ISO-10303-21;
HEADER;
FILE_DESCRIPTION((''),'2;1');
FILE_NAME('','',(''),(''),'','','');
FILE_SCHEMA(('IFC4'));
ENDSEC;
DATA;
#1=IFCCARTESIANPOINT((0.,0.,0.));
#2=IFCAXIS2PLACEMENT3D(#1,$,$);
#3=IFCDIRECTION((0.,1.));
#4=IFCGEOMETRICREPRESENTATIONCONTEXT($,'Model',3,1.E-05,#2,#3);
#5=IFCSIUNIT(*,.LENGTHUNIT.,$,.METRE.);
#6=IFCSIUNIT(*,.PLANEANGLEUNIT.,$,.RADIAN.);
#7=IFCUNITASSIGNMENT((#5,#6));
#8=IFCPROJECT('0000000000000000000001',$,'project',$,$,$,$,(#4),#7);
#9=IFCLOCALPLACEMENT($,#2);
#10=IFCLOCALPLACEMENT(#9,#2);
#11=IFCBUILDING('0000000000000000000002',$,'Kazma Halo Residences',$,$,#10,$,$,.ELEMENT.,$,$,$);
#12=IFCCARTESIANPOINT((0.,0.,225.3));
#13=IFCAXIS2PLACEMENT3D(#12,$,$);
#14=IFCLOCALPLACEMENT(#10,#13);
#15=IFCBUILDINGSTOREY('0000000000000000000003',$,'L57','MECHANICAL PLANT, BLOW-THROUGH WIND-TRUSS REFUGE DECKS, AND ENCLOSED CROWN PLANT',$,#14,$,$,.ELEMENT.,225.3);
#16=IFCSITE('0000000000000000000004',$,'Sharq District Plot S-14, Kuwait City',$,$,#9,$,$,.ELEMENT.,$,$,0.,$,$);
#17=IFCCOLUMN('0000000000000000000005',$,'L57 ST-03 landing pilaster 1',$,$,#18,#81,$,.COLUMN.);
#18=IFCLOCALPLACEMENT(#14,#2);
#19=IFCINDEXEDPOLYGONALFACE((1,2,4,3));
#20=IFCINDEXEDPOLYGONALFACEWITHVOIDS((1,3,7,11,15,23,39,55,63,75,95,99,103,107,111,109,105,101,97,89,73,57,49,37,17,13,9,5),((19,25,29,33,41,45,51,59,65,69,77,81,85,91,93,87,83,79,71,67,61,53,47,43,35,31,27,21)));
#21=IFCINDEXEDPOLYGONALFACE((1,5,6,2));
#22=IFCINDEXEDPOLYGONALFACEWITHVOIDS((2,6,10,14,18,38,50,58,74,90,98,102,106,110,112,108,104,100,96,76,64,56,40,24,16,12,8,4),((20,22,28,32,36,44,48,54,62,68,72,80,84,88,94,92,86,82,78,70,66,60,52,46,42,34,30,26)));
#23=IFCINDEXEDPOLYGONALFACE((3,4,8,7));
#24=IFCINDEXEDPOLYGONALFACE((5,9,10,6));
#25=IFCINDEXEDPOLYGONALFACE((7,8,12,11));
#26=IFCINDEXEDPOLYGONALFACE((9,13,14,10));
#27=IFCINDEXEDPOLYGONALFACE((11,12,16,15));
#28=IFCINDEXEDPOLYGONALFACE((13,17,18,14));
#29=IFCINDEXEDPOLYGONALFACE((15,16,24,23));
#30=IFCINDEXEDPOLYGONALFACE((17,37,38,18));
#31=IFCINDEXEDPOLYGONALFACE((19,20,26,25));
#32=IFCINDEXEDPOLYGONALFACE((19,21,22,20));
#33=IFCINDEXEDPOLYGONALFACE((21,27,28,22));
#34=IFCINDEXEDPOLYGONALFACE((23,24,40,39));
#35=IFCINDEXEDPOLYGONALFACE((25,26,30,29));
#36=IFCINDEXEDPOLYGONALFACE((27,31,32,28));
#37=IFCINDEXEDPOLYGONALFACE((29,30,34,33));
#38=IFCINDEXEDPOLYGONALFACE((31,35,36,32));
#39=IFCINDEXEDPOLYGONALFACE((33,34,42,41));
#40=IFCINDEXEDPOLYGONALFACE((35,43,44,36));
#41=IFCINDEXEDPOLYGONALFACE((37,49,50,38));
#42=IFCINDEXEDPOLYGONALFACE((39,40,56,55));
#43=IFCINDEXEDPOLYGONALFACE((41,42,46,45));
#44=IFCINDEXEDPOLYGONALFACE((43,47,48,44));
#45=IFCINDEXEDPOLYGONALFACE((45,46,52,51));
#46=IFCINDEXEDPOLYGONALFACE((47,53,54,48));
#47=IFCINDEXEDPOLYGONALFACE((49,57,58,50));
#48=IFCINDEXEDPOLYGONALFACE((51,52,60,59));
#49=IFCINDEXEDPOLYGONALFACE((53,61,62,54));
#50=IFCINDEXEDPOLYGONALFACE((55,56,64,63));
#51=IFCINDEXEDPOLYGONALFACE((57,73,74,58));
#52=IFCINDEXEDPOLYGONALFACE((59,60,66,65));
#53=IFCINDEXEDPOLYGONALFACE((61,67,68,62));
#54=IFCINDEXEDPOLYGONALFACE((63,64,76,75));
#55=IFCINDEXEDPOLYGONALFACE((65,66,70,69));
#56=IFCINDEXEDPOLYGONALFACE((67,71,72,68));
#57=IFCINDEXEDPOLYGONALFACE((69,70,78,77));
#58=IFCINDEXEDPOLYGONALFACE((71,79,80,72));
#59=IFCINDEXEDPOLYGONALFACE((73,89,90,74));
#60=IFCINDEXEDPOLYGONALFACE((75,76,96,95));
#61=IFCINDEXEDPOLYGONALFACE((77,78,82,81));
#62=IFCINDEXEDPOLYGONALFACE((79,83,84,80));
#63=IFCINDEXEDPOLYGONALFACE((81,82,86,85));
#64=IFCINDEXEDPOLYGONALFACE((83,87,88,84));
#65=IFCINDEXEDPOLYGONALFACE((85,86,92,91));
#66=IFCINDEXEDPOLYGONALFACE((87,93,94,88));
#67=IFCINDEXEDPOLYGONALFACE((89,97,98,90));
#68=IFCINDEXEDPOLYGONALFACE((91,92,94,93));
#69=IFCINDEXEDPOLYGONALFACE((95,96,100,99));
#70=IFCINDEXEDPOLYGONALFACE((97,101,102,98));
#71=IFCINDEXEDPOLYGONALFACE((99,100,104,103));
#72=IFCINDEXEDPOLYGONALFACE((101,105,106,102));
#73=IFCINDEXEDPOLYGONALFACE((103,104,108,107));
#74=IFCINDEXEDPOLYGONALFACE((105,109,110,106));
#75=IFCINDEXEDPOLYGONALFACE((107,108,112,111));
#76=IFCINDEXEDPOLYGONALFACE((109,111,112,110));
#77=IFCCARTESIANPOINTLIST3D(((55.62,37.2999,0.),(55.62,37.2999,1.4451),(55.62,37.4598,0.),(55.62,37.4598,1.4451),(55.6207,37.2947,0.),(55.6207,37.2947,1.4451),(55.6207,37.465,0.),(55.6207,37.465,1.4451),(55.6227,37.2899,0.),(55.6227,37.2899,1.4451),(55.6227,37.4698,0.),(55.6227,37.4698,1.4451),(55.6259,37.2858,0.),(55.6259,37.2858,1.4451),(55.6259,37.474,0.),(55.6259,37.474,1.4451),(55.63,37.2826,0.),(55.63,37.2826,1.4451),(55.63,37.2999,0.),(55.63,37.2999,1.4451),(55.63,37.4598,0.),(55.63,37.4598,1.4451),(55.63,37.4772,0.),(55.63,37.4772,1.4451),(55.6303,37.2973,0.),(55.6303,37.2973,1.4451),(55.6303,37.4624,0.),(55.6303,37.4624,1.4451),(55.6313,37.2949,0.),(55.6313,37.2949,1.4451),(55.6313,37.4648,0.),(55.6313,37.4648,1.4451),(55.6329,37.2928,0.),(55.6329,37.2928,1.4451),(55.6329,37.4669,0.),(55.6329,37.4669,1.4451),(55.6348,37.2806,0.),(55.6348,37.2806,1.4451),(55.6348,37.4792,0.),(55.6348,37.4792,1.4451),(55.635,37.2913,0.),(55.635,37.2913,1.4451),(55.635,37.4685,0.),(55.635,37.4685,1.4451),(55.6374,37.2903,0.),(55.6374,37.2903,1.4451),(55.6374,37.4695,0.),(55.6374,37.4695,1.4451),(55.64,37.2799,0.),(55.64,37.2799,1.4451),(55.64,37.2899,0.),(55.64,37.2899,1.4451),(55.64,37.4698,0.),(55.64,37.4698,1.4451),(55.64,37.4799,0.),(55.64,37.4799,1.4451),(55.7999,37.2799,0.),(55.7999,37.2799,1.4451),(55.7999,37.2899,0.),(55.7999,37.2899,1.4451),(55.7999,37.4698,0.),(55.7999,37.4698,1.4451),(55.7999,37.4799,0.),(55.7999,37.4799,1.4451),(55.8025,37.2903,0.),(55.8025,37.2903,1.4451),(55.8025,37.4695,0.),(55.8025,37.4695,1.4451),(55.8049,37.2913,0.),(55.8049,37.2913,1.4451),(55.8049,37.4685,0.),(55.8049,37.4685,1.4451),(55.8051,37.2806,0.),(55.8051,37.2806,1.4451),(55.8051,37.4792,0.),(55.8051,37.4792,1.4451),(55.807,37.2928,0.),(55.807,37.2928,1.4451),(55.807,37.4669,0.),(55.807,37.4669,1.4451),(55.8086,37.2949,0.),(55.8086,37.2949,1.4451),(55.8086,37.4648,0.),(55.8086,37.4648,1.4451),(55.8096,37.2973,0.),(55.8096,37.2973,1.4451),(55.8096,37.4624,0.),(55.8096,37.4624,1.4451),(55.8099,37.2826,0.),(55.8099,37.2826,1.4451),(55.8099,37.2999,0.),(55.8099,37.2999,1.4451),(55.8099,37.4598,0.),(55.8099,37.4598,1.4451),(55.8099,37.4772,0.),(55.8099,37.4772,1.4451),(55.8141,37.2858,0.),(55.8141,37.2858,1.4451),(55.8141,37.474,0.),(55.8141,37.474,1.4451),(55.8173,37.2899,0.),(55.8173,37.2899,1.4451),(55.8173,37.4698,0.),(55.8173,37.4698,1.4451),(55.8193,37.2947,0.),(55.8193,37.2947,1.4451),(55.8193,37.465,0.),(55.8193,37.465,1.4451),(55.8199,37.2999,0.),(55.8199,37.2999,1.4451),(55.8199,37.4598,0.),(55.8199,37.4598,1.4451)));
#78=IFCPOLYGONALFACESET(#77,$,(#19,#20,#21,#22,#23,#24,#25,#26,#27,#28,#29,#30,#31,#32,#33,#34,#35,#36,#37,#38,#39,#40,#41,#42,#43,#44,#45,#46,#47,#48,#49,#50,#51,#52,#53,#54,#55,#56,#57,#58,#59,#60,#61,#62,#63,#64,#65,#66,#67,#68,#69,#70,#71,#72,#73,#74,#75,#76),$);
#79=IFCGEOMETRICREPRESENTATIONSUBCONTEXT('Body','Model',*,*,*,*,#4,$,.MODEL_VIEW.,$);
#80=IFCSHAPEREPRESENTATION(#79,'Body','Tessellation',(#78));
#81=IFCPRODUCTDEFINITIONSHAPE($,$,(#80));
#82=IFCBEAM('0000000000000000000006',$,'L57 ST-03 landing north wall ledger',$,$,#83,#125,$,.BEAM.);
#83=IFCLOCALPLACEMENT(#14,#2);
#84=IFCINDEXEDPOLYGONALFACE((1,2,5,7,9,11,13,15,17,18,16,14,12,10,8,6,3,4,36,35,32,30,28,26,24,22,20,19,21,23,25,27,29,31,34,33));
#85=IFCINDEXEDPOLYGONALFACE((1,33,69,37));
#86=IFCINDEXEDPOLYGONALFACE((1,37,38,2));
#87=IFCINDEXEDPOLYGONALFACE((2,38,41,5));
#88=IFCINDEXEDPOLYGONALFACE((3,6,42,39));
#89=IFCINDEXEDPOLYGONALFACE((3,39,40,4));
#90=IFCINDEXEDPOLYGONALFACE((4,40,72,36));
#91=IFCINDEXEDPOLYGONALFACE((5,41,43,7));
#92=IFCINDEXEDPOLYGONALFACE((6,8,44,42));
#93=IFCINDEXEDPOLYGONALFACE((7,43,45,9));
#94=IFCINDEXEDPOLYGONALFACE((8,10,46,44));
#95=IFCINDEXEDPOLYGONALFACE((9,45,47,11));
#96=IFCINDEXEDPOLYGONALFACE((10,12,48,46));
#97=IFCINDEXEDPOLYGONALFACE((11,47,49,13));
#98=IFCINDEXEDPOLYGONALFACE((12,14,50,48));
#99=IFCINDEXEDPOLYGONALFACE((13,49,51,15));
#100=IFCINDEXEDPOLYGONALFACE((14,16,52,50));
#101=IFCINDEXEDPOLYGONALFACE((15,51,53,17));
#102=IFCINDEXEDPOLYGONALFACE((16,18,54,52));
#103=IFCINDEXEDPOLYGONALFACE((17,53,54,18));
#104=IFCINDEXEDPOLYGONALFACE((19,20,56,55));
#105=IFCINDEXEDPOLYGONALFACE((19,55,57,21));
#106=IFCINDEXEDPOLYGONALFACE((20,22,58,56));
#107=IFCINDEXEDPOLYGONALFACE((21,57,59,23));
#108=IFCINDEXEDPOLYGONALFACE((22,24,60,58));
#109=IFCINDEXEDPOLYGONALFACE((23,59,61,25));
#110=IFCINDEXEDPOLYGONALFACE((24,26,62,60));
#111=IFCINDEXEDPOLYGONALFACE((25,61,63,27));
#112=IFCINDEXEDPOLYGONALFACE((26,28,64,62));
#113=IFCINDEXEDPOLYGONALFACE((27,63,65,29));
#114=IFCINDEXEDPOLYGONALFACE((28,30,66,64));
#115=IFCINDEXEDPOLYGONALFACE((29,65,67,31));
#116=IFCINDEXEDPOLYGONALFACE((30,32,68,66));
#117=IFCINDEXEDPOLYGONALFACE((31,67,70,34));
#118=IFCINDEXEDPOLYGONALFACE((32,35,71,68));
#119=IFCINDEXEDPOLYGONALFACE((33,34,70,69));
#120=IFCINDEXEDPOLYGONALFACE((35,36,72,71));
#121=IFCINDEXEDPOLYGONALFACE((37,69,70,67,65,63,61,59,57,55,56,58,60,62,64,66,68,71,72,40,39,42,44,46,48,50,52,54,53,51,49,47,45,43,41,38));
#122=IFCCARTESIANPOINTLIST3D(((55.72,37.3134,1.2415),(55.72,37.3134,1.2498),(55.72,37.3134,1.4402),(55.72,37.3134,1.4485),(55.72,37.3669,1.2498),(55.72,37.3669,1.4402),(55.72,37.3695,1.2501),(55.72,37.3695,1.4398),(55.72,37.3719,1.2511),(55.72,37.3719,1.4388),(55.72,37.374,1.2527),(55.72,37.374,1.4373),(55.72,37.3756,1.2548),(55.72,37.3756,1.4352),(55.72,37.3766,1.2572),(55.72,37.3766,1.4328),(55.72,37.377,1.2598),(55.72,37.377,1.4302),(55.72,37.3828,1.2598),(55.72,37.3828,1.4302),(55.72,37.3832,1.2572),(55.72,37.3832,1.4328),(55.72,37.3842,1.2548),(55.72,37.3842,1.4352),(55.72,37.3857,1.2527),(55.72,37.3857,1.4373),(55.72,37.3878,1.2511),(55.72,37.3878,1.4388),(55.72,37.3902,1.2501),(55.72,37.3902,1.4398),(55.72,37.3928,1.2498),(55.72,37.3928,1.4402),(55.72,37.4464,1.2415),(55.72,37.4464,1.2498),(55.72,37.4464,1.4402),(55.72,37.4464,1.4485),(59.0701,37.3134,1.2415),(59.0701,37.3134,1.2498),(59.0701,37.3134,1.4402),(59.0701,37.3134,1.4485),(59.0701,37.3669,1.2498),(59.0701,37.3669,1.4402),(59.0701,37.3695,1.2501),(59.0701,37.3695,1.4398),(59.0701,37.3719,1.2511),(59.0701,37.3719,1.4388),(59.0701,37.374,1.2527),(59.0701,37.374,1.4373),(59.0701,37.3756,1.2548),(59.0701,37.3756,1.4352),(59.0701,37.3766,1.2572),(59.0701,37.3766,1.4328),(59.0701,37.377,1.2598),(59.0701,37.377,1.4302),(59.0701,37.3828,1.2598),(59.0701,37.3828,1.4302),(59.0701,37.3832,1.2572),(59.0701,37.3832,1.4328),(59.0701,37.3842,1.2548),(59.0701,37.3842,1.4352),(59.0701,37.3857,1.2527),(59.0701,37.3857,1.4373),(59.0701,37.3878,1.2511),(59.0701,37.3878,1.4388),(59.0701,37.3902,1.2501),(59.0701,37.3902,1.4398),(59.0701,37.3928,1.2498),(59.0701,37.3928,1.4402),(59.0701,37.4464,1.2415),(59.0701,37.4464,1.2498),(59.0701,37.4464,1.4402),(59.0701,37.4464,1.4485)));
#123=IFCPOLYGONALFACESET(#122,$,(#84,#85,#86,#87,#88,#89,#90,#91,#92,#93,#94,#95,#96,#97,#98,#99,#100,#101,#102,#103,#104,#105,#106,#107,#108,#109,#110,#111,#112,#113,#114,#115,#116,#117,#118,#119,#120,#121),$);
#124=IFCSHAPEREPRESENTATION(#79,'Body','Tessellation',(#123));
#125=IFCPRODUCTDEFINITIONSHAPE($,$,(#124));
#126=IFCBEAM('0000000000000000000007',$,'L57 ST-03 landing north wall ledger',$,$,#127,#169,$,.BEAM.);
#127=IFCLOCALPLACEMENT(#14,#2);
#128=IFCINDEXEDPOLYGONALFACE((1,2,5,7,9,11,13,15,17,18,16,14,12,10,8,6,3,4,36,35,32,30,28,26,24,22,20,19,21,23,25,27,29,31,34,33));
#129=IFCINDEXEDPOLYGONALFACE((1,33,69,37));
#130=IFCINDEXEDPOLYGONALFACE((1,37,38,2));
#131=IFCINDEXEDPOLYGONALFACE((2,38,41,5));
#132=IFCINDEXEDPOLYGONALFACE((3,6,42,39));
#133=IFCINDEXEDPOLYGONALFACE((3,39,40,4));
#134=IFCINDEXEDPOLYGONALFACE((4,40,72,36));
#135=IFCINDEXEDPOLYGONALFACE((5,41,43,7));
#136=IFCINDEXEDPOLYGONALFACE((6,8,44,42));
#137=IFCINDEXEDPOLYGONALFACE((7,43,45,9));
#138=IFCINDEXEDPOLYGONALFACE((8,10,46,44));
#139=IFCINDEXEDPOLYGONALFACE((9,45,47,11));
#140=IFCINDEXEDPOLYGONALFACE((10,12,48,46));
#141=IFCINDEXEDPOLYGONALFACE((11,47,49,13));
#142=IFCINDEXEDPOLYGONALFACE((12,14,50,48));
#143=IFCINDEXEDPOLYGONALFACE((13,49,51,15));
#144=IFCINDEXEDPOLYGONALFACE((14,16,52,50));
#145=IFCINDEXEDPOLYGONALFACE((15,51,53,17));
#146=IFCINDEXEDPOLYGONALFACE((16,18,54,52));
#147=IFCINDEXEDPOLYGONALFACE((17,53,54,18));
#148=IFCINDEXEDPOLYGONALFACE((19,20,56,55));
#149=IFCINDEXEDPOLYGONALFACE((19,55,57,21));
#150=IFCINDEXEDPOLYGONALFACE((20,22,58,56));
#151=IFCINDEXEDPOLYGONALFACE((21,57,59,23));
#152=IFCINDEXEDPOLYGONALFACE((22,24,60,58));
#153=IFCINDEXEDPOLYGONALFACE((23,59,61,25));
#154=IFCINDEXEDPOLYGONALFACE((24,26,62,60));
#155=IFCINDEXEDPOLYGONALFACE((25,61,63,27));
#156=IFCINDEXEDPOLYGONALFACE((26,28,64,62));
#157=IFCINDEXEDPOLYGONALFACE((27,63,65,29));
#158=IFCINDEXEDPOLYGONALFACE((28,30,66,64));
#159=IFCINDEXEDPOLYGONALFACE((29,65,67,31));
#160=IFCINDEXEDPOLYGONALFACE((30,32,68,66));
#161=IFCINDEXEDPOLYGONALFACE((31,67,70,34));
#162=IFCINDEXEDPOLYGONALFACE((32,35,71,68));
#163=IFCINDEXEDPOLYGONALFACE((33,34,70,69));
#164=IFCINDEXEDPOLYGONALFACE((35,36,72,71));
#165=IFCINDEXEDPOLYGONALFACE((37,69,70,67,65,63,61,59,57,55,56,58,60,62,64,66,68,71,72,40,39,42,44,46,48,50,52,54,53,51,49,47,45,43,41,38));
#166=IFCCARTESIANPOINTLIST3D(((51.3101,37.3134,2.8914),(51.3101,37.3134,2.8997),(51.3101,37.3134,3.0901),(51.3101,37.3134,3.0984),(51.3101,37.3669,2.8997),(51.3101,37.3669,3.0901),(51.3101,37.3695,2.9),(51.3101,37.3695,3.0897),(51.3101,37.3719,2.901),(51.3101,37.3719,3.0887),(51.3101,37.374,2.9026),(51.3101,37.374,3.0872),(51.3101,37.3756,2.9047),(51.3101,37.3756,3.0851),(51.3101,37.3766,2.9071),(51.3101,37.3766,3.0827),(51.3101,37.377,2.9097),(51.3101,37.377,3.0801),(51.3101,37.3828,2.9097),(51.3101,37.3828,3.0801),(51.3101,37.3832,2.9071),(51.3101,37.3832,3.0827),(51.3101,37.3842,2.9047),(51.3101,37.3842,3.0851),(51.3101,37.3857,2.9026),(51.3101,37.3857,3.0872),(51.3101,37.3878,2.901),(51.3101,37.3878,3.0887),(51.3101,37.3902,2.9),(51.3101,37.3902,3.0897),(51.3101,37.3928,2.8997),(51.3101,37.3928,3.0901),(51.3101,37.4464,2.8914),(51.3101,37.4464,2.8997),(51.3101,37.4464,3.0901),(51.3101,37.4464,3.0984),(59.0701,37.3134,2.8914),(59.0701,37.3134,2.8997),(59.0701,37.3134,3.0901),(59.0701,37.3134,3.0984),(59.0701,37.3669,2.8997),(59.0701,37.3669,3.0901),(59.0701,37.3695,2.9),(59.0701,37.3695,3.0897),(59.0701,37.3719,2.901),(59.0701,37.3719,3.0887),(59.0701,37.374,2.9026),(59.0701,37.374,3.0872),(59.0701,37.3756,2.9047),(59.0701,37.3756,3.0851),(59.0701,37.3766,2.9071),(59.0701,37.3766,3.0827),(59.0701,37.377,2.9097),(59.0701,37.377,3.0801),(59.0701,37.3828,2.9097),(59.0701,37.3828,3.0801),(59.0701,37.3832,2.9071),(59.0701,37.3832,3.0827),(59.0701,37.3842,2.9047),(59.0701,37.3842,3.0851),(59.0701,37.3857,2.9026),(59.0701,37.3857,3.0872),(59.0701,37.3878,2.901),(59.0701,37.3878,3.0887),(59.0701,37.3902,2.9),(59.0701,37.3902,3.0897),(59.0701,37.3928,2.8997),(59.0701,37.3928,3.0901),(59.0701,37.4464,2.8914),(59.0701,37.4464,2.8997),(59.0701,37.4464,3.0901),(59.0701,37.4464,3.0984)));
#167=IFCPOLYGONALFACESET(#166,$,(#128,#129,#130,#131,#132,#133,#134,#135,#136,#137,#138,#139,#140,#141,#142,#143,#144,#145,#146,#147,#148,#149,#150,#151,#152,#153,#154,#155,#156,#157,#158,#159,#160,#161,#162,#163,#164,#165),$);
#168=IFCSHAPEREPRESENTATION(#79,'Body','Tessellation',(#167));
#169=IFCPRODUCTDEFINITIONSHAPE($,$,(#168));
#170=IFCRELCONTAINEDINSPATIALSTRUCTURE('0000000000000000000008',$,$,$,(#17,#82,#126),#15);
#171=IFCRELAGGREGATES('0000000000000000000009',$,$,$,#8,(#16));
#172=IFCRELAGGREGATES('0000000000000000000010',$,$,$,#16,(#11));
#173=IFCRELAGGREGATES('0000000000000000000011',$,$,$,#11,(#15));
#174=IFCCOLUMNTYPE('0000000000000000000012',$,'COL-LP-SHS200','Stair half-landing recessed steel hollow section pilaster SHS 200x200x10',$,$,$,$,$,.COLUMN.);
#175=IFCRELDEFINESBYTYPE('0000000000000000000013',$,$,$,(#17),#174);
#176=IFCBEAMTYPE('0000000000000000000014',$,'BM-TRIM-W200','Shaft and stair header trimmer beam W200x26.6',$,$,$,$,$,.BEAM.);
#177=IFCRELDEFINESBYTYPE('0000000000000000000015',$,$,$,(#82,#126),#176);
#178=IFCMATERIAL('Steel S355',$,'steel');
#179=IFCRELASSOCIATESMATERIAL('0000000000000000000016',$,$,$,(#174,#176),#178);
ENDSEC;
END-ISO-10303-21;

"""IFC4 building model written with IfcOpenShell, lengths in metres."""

from ifc_helpers import new_model, si_unit, direction, frame, origin, origin_2d, place, context, subcontext, project, spatial, hollow_rectangle, i_section, extrude, material, material_profile, profile_set, type_object, element, save


model = new_model("IFC4")

# Units and contexts
model_context = context("Model", 3, precision=1e-05, world=origin(), true_north=direction((0.0, 1.0)))
body_context = subcontext(model_context, "Body", "Model", "MODEL_VIEW")
ifc_project = project(units=[si_unit("LENGTHUNIT", "METRE"), si_unit("PLANEANGLEUNIT", "RADIAN")], contexts=[model_context])

# Site, building, storey
site_placement = place(None, origin())
site = spatial("IfcSite", under=ifc_project, at=site_placement, Name="Sharq District Plot S-14, Kuwait City", CompositionType="ELEMENT", RefElevation=0.0)
building_placement = place(site_placement, origin())
building = spatial("IfcBuilding", under=site, at=building_placement, Name="Kazma Halo Residences", CompositionType="ELEMENT")
storey_placement = place(building_placement, frame((0.0, 0.0, 225.3)))
storey = spatial("IfcBuildingStorey", under=building, at=storey_placement, Name="L57", Description="MECHANICAL PLANT, BLOW-THROUGH WIND-TRUSS REFUGE DECKS, AND ENCLOSED CROWN PLANT", CompositionType="ELEMENT", Elevation=225.3)

# Column
ifc_material_1 = material(Name="Steel S355", Category="steel")
ifc_material_profile_1 = material_profile(ifc_material_1, hollow_rectangle(XDim=0.2, YDim=0.2, WallThickness=0.01, InnerFilletRadius=0.01, OuterFilletRadius=0.02, at=origin_2d()), Name="SHS200x200x10")
ifc_profile_set_1 = profile_set([ifc_material_profile_1], Name="Steel S355")
column_type = type_object("IfcColumnType", Name="COL-LP-SHS200", Description="Stair half-landing recessed steel hollow section pilaster SHS 200x200x10", PredefinedType="COLUMN", material=ifc_profile_set_1)
column_placement = place(storey_placement, frame((55.72, 37.3799, 0.0), z_axis=(0.0, 0.0, 1.0), x_axis=(1.0, 0.0, 0.0)))
element("IfcColumn", 1, at=column_placement, inside=storey, type_object=column_type, Name="L57 ST-03 landing pilaster 1", PredefinedType="COLUMN", context=body_context, shape_type="SweptSolid", body=[
    extrude(hollow_rectangle(XDim=0.2, YDim=0.2, WallThickness=0.01, InnerFilletRadius=0.01, OuterFilletRadius=0.02, at=origin_2d()), origin(), (0.0, 0.0, 1.0), 1.4451),
])

# Beams
ifc_material_profile_2 = material_profile(ifc_material_1, i_section(OverallWidth=0.1331, OverallDepth=0.207, WebThickness=0.0059, FlangeThickness=0.0083, FilletRadius=0.01, at=origin_2d()), Name="W200x26.6")
ifc_profile_set_2 = profile_set([ifc_material_profile_2], Name="Steel S355")
beam_type = type_object("IfcBeamType", Name="BM-TRIM-W200", Description="Shaft and stair header trimmer beam W200x26.6", PredefinedType="BEAM", material=ifc_profile_set_2)
beam_1_placement = place(storey_placement, frame((55.72, 37.3799, 1.345), z_axis=(1.0, 0.0, 0.0), x_axis=(0.0, 1.0, 0.0)))
element("IfcBeam", 2, at=beam_1_placement, inside=storey, type_object=beam_type, Name="L57 ST-03 landing north wall ledger", PredefinedType="BEAM", context=body_context, shape_type="SweptSolid", body=[
    extrude(i_section(OverallWidth=0.1331, OverallDepth=0.207, WebThickness=0.0059, FlangeThickness=0.0083, FilletRadius=0.01, at=origin_2d()), origin(), (0.0, 0.0, 1.0), 3.3501),
])
beam_2_placement = place(storey_placement, frame((51.3101, 37.3799, 2.9949), z_axis=(1.0, 0.0, 0.0), x_axis=(0.0, 1.0, 0.0)))
element("IfcBeam", 3, at=beam_2_placement, inside=storey, type_object=beam_type, Name="L57 ST-03 landing north wall ledger", PredefinedType="BEAM", context=body_context, shape_type="SweptSolid", body=[
    extrude(i_section(OverallWidth=0.1331, OverallDepth=0.207, WebThickness=0.0059, FlangeThickness=0.0083, FilletRadius=0.01, at=origin_2d()), origin(), (0.0, 0.0, 1.0), 7.76),
])

save(model, "model.ifc")
